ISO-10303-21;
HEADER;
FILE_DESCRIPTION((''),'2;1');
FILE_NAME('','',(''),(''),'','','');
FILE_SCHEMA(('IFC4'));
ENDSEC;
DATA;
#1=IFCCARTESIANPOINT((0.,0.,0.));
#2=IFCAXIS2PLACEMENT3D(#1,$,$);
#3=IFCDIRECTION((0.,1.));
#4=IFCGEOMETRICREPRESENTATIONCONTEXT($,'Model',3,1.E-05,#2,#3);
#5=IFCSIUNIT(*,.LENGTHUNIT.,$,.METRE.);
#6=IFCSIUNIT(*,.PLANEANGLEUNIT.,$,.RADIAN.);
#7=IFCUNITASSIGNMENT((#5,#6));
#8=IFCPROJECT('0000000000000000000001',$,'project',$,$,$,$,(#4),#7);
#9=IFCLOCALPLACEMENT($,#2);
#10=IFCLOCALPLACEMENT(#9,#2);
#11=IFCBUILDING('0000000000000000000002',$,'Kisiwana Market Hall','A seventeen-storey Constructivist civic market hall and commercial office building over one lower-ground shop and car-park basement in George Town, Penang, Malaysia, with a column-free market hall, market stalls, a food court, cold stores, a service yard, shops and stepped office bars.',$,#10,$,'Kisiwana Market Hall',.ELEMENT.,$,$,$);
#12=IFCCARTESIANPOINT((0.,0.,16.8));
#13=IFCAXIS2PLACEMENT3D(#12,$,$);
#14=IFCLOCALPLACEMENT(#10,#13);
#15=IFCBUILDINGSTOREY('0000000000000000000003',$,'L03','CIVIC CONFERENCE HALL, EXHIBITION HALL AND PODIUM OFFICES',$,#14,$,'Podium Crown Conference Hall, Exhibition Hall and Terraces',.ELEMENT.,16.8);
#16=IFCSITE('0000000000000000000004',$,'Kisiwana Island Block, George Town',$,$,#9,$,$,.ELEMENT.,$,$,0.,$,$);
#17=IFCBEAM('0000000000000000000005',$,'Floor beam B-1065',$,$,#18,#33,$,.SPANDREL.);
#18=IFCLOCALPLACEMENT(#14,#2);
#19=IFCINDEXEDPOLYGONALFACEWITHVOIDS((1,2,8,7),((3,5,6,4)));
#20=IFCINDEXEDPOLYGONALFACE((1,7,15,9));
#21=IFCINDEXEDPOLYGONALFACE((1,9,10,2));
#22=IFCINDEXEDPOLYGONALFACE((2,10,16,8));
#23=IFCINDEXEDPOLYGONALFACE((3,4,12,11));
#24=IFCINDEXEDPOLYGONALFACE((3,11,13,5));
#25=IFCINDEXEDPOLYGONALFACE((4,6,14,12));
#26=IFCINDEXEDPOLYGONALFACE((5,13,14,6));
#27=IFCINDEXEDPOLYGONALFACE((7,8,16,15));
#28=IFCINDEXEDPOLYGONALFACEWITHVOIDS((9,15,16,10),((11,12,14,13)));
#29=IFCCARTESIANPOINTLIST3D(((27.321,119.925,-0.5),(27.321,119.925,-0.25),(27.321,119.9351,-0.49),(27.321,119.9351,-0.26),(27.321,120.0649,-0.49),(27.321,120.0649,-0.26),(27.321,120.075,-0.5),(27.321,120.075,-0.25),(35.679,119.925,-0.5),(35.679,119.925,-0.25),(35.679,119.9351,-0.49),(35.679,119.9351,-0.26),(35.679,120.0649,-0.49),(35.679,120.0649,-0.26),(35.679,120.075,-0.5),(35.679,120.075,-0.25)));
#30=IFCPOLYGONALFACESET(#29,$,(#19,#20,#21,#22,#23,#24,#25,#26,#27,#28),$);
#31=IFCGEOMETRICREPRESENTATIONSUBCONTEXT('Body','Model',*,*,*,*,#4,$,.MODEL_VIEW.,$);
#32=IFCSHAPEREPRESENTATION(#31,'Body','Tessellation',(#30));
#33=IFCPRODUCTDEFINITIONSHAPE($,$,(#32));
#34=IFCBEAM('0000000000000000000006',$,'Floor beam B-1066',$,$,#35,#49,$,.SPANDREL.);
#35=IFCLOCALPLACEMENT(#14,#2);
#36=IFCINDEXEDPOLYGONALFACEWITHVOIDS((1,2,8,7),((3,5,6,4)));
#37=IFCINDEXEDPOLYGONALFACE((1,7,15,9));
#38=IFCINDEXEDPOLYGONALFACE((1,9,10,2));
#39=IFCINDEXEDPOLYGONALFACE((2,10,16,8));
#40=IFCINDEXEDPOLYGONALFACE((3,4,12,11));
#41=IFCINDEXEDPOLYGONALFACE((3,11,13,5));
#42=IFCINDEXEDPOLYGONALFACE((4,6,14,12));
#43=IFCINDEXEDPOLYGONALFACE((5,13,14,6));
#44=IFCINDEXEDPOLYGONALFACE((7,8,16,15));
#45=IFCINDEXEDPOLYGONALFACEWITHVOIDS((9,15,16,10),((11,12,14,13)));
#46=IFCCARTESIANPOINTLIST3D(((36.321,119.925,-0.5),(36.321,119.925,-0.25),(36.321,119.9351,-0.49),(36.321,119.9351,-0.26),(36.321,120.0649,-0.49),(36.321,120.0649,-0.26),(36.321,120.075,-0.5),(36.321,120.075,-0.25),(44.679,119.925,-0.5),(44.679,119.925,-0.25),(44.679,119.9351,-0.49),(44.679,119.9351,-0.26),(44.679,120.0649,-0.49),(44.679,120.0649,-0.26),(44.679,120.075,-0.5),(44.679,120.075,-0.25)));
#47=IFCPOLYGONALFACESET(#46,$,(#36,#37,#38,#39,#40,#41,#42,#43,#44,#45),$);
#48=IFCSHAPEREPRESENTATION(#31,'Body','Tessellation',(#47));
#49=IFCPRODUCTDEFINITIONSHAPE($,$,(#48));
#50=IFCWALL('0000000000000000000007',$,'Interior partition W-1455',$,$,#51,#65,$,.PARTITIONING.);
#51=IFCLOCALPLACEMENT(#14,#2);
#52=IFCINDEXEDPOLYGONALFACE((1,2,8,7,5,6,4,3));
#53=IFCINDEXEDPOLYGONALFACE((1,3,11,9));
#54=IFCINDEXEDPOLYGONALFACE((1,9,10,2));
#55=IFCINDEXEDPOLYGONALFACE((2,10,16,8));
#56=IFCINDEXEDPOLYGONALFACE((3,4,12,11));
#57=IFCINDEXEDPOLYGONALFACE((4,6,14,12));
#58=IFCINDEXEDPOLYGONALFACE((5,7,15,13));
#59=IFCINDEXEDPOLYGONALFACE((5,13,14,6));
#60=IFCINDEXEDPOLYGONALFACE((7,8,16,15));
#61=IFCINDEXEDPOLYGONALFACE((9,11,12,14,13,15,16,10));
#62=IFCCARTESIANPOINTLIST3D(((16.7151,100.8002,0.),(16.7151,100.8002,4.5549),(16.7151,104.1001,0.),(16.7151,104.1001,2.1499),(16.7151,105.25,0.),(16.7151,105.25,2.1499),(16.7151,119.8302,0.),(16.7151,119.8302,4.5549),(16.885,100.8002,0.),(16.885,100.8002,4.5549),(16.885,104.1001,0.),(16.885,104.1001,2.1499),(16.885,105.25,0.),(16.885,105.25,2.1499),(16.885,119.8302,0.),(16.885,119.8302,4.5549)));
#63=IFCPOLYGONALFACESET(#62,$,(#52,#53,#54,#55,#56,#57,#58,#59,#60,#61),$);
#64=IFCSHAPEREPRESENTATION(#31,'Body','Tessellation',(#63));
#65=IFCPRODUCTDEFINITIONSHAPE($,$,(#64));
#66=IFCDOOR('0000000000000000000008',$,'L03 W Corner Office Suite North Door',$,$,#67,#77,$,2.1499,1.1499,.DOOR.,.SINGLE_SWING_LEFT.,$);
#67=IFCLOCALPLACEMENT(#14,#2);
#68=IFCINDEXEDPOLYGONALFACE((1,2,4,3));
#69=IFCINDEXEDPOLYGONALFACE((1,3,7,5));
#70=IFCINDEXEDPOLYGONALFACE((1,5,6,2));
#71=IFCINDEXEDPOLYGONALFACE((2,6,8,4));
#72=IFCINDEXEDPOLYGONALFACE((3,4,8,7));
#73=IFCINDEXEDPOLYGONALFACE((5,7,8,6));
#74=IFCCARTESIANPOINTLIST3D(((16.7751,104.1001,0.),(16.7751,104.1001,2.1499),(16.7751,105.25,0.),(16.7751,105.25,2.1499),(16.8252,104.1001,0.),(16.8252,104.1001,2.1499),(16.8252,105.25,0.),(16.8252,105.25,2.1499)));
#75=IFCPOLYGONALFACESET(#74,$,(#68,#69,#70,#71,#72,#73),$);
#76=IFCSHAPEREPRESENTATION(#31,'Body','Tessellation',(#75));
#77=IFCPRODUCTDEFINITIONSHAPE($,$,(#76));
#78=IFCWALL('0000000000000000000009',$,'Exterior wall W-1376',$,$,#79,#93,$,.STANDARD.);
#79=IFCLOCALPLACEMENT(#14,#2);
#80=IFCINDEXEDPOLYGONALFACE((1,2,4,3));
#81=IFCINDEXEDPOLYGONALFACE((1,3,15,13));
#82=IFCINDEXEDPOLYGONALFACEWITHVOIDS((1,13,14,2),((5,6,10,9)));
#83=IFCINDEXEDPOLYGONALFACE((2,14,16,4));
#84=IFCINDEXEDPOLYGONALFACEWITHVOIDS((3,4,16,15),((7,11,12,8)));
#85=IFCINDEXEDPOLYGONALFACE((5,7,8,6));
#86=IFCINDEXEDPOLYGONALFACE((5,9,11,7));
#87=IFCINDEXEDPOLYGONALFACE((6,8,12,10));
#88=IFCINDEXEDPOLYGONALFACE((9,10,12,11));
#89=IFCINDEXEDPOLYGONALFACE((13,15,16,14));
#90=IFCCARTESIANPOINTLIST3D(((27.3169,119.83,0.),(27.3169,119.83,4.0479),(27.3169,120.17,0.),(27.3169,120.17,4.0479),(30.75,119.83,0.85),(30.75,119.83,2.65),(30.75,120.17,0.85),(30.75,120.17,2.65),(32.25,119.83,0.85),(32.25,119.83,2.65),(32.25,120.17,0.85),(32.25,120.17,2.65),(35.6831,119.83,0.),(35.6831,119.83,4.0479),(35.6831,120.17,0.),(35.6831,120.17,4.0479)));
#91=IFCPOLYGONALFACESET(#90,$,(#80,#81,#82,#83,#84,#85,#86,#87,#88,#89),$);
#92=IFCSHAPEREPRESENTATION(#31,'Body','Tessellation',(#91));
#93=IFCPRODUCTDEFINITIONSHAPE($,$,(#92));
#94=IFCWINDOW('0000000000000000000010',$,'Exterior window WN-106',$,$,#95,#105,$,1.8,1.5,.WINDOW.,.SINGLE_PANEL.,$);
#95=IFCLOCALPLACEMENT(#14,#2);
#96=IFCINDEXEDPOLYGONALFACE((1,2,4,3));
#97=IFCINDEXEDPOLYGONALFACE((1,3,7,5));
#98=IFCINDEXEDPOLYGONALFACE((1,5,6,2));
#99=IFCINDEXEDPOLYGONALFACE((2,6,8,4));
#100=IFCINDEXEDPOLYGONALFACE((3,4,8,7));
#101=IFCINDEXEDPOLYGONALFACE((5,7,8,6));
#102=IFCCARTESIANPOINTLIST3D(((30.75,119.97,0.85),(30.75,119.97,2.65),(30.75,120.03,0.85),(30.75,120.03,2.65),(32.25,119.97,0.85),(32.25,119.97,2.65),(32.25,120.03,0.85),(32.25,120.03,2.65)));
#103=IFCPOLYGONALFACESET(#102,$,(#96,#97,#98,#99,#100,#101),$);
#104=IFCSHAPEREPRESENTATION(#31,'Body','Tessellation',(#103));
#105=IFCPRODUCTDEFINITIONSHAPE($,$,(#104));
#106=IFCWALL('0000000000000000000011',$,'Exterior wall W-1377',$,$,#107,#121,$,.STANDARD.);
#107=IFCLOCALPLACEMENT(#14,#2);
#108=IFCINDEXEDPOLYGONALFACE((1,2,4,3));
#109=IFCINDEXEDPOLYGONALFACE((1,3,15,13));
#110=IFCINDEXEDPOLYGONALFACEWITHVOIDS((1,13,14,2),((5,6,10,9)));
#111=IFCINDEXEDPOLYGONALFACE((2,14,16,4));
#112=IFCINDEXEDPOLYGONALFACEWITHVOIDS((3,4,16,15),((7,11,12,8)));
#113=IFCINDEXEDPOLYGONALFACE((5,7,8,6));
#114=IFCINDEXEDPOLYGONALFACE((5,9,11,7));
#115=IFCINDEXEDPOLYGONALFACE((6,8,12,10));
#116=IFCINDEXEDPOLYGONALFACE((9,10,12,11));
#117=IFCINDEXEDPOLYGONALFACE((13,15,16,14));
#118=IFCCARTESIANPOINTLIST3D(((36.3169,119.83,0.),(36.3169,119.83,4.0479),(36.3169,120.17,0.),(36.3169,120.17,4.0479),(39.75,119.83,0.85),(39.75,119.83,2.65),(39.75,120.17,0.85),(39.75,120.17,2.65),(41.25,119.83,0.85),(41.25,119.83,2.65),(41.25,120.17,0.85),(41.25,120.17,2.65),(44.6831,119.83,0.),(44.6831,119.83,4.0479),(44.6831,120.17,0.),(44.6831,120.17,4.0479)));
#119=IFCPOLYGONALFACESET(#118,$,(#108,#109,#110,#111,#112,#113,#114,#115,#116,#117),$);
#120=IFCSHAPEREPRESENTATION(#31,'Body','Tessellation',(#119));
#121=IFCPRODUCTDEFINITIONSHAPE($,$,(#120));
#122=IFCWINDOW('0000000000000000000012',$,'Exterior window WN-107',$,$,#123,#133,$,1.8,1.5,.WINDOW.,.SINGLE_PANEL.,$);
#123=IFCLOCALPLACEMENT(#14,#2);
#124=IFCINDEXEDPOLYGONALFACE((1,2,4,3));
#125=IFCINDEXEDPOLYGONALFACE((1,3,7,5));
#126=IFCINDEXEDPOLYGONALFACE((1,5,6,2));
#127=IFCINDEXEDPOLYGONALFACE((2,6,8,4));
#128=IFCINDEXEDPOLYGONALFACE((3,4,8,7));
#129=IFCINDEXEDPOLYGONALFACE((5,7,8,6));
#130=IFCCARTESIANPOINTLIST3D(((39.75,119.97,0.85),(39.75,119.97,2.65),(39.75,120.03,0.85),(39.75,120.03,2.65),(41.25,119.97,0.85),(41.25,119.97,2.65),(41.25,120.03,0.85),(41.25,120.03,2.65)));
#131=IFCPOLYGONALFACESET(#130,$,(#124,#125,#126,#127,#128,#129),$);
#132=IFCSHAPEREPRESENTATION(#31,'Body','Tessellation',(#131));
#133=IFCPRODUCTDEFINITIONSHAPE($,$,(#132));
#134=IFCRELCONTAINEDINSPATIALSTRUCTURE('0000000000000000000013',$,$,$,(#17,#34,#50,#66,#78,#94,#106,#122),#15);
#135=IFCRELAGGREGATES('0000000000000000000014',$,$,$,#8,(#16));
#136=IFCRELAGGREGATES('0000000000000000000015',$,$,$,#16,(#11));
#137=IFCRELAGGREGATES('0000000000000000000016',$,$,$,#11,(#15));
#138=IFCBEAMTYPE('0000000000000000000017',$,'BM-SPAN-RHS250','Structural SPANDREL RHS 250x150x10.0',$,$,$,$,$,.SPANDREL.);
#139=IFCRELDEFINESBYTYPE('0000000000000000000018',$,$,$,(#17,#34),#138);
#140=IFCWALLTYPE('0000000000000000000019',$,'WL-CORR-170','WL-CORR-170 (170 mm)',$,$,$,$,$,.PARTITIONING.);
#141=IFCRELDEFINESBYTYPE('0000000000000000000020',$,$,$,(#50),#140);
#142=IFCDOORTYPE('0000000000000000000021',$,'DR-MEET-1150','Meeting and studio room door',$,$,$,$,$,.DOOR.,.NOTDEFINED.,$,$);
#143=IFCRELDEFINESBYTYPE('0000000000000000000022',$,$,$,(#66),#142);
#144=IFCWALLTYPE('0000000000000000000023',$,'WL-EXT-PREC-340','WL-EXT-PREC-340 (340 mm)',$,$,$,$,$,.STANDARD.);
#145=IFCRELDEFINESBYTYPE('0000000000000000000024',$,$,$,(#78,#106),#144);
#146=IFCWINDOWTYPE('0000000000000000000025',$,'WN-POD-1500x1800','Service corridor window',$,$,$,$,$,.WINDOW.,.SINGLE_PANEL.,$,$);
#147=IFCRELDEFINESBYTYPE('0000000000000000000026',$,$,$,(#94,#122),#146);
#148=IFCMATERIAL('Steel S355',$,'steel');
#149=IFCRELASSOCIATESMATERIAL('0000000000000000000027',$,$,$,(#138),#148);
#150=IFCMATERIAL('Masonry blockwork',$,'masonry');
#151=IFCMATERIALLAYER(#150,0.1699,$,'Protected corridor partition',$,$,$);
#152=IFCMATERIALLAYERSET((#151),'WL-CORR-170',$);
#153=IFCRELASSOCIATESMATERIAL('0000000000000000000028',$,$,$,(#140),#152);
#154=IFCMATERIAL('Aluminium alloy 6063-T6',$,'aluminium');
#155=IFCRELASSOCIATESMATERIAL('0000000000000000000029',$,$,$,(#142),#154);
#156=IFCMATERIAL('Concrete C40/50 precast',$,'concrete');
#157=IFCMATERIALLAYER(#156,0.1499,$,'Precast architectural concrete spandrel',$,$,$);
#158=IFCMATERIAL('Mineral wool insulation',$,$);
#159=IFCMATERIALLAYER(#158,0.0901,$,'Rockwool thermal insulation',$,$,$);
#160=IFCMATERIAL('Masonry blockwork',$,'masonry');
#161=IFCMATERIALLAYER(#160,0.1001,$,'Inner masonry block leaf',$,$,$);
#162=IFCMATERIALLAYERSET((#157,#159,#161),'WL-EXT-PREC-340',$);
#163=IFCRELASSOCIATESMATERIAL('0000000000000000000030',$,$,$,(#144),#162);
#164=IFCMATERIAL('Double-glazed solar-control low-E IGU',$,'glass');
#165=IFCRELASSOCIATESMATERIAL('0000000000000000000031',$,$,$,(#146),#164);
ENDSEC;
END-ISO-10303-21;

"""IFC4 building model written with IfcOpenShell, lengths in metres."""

from ifc_helpers import new_model, si_unit, direction, frame, frame_2d, origin, origin_2d, place, context, subcontext, project, spatial, rectangle, hollow_rectangle, extrude, material, layer, layer_set, material_profile, profile_set, type_object, element, fill, save


model = new_model("IFC4")

# Units and contexts
model_context = context("Model", 3, precision=1e-05, world=origin(), true_north=direction((0.0, 1.0)))
body_context = subcontext(model_context, "Body", "Model", "MODEL_VIEW")
ifc_project = project(units=[si_unit("LENGTHUNIT", "METRE"), si_unit("PLANEANGLEUNIT", "RADIAN")], contexts=[model_context])

# Site, building, storey
site_placement = place(None, origin())
site = spatial("IfcSite", under=ifc_project, at=site_placement, Name="Kisiwana Island Block, George Town", CompositionType="ELEMENT", RefElevation=0.0)
building_placement = place(site_placement, origin())
building = spatial("IfcBuilding", under=site, at=building_placement, Name="Kisiwana Market Hall", Description="A seventeen-storey Constructivist civic market hall and commercial office building over one lower-ground shop and car-park basement in George Town, Penang, Malaysia, with a column-free market hall, market stalls, a food court, cold stores, a service yard, shops and stepped office bars.", LongName="Kisiwana Market Hall", CompositionType="ELEMENT")
storey_placement = place(building_placement, frame((0.0, 0.0, 16.8)))
storey = spatial("IfcBuildingStorey", under=building, at=storey_placement, Name="L03", Description="CIVIC CONFERENCE HALL, EXHIBITION HALL AND PODIUM OFFICES", LongName="Podium Crown Conference Hall, Exhibition Hall and Terraces", CompositionType="ELEMENT", Elevation=16.8)

# Beams
ifc_material_1 = material(Name="Steel S355", Category="steel")
ifc_material_profile_1 = material_profile(ifc_material_1, hollow_rectangle(XDim=0.1499, YDim=0.25, WallThickness=0.01, at=origin_2d()), Name="RHS 250x150x10.0")
ifc_profile_set_1 = profile_set([ifc_material_profile_1], Name="Steel S355")
beam_type_1 = type_object("IfcBeamType", Name="BM-SPAN-RHS250", Description="Structural SPANDREL RHS 250x150x10.0", PredefinedType="SPANDREL", material=ifc_profile_set_1)
for number, where, z_axis, x_axis, name in (
    (1, (27.321, 120.0, -0.375), (1.0, 0.0, 0.0), (0.0, 1.0, 0.0), "Floor beam B-1065"),
    (2, (36.321, 120.0, -0.375), (1.0, 0.0, 0.0), (0.0, 1.0, 0.0), "Floor beam B-1066"),
):
    element("IfcBeam", number, at=place(storey_placement, frame(where, z_axis=z_axis, x_axis=x_axis)), inside=storey, type_object=beam_type_1, Name=name, PredefinedType="SPANDREL", context=body_context, shape_type="SweptSolid", body=[
        extrude(hollow_rectangle(XDim=0.1499, YDim=0.25, WallThickness=0.01, at=origin_2d()), origin(), (0.0, 0.0, 1.0), 8.3579),
    ])

# Wall, opening, door
ifc_material_2 = material(Name="Masonry blockwork", Category="masonry")
ifc_layer_1 = layer(ifc_material_2, 0.1699, Name="Protected corridor partition")
ifc_layer_set_1 = layer_set([ifc_layer_1], Name="WL-CORR-170")
wall_type_1 = type_object("IfcWallType", Name="WL-CORR-170", Description="WL-CORR-170 (170 mm)", PredefinedType="PARTITIONING", material=ifc_layer_set_1)
wall_1_placement = place(storey_placement, frame((16.8, 100.8, 0.0), z_axis=(0.0, 0.0, 1.0), x_axis=(0.0, 1.0, 0.0)))
wall_1 = element("IfcWall", 3, at=wall_1_placement, inside=storey, type_object=wall_type_1, Name="Interior partition W-1455", PredefinedType="PARTITIONING", context=body_context, shape_type="SweptSolid", body=[
    extrude(rectangle(XDim=19.03, YDim=0.1699, at=frame_2d((9.5151, 0.0))), origin(), (0.0, 0.0, 1.0), 4.5549),
])
opening_1_placement = place(wall_1_placement, frame((3.3, 0.0, 0.0)))
opening_1 = element("IfcOpeningElement", 4, at=opening_1_placement, cuts=wall_1, PredefinedType="OPENING", context=body_context, shape_type="SweptSolid", body=[
    extrude(rectangle(XDim=1.1499, YDim=2.1499, at=frame_2d((0.575, 1.075))), frame((0.0, 0.0969, 0.0), z_axis=(0.0, -1.0, 0.0), x_axis=(1.0, 0.0, 0.0)), (0.0, 0.0, 1.0), 0.1938),
])
ifc_material_3 = material(Name="Aluminium alloy 6063-T6", Category="aluminium")
door_type = type_object("IfcDoorType", Name="DR-MEET-1150", Description="Meeting and studio room door", OperationType="NOTDEFINED", PredefinedType="DOOR", material=ifc_material_3)
door_placement = place(opening_1_placement, origin())
door = element("IfcDoor", 5, at=door_placement, inside=storey, type_object=door_type, Name="L03 W Corner Office Suite North Door", OperationType="SINGLE_SWING_LEFT", OverallHeight=2.1499, OverallWidth=1.1499, PredefinedType="DOOR", context=body_context, shape_type="SweptSolid", body=[
    extrude(rectangle(XDim=1.1499, YDim=2.1499, at=frame_2d((0.575, 1.075))), frame((0.0, 0.0249, 0.0), z_axis=(0.0, -1.0, 0.0), x_axis=(1.0, 0.0, 0.0)), (0.0, 0.0, 1.0), 0.05),
])
fill(opening_1, door)

# Walls, openings, windows
ifc_material_4 = material(Name="Concrete C40/50 precast", Category="concrete")
ifc_layer_2 = layer(ifc_material_4, 0.1499, Name="Precast architectural concrete spandrel")
ifc_material_5 = material(Name="Mineral wool insulation")
ifc_layer_3 = layer(ifc_material_5, 0.0901, Name="Rockwool thermal insulation")
ifc_material_6 = material(Name="Masonry blockwork", Category="masonry")
ifc_layer_4 = layer(ifc_material_6, 0.1001, Name="Inner masonry block leaf")
ifc_layer_set_2 = layer_set([ifc_layer_2, ifc_layer_3, ifc_layer_4], Name="WL-EXT-PREC-340")
wall_type_2 = type_object("IfcWallType", Name="WL-EXT-PREC-340", Description="WL-EXT-PREC-340 (340 mm)", PredefinedType="STANDARD", material=ifc_layer_set_2)
wall_2_placement = place(storey_placement, frame((27.3169, 120.0, 0.0), z_axis=(0.0, 0.0, 1.0), x_axis=(1.0, 0.0, 0.0)))
wall_2 = element("IfcWall", 6, at=wall_2_placement, inside=storey, type_object=wall_type_2, Name="Exterior wall W-1376", PredefinedType="STANDARD", context=body_context, shape_type="SweptSolid", body=[
    extrude(rectangle(XDim=8.3662, YDim=0.3401, at=frame_2d((4.1831, 0.0))), origin(), (0.0, 0.0, 1.0), 4.0479),
])
opening_2_placement = place(wall_2_placement, frame((3.4331, 0.0, 0.8501)))
opening_2 = element("IfcOpeningElement", 7, at=opening_2_placement, cuts=wall_2, PredefinedType="OPENING", context=body_context, shape_type="SweptSolid", body=[
    extrude(rectangle(XDim=1.5, YDim=1.8, at=frame_2d((0.75, 0.8999))), frame((0.0, 0.1821, 0.0), z_axis=(0.0, -1.0, 0.0), x_axis=(1.0, 0.0, 0.0)), (0.0, 0.0, 1.0), 0.364),
])
ifc_material_7 = material(Name="Double-glazed solar-control low-E IGU", Category="glass")
window_type = type_object("IfcWindowType", Name="WN-POD-1500x1800", Description="Service corridor window", PartitioningType="SINGLE_PANEL", PredefinedType="WINDOW", material=ifc_material_7)
window_1_placement = place(opening_2_placement, origin())
window_1 = element("IfcWindow", 8, at=window_1_placement, inside=storey, type_object=window_type, Name="Exterior window WN-106", OverallHeight=1.8, OverallWidth=1.5, PartitioningType="SINGLE_PANEL", PredefinedType="WINDOW", context=body_context, shape_type="SweptSolid", body=[
    extrude(rectangle(XDim=1.5, YDim=1.8, at=frame_2d((0.75, 0.8999))), frame((0.0, 0.03, 0.0), z_axis=(0.0, -1.0, 0.0), x_axis=(1.0, 0.0, 0.0)), (0.0, 0.0, 1.0), 0.0601),
])
fill(opening_2, window_1)
wall_3_placement = place(storey_placement, frame((36.3169, 120.0, 0.0), z_axis=(0.0, 0.0, 1.0), x_axis=(1.0, 0.0, 0.0)))
wall_3 = element("IfcWall", 9, at=wall_3_placement, inside=storey, type_object=wall_type_2, Name="Exterior wall W-1377", PredefinedType="STANDARD", context=body_context, shape_type="SweptSolid", body=[
    extrude(rectangle(XDim=8.3662, YDim=0.3401, at=frame_2d((4.1831, 0.0))), origin(), (0.0, 0.0, 1.0), 4.0479),
])
opening_3_placement = place(wall_3_placement, frame((3.4331, 0.0, 0.8501)))
opening_3 = element("IfcOpeningElement", 10, at=opening_3_placement, cuts=wall_3, PredefinedType="OPENING", context=body_context, shape_type="SweptSolid", body=[
    extrude(rectangle(XDim=1.5, YDim=1.8, at=frame_2d((0.75, 0.8999))), frame((0.0, 0.1821, 0.0), z_axis=(0.0, -1.0, 0.0), x_axis=(1.0, 0.0, 0.0)), (0.0, 0.0, 1.0), 0.364),
])
window_2_placement = place(opening_3_placement, origin())
window_2 = element("IfcWindow", 11, at=window_2_placement, inside=storey, type_object=window_type, Name="Exterior window WN-107", OverallHeight=1.8, OverallWidth=1.5, PartitioningType="SINGLE_PANEL", PredefinedType="WINDOW", context=body_context, shape_type="SweptSolid", body=[
    extrude(rectangle(XDim=1.5, YDim=1.8, at=frame_2d((0.75, 0.8999))), frame((0.0, 0.03, 0.0), z_axis=(0.0, -1.0, 0.0), x_axis=(1.0, 0.0, 0.0)), (0.0, 0.0, 1.0), 0.0601),
])
fill(opening_3, window_2)

save(model, "model.ifc")
